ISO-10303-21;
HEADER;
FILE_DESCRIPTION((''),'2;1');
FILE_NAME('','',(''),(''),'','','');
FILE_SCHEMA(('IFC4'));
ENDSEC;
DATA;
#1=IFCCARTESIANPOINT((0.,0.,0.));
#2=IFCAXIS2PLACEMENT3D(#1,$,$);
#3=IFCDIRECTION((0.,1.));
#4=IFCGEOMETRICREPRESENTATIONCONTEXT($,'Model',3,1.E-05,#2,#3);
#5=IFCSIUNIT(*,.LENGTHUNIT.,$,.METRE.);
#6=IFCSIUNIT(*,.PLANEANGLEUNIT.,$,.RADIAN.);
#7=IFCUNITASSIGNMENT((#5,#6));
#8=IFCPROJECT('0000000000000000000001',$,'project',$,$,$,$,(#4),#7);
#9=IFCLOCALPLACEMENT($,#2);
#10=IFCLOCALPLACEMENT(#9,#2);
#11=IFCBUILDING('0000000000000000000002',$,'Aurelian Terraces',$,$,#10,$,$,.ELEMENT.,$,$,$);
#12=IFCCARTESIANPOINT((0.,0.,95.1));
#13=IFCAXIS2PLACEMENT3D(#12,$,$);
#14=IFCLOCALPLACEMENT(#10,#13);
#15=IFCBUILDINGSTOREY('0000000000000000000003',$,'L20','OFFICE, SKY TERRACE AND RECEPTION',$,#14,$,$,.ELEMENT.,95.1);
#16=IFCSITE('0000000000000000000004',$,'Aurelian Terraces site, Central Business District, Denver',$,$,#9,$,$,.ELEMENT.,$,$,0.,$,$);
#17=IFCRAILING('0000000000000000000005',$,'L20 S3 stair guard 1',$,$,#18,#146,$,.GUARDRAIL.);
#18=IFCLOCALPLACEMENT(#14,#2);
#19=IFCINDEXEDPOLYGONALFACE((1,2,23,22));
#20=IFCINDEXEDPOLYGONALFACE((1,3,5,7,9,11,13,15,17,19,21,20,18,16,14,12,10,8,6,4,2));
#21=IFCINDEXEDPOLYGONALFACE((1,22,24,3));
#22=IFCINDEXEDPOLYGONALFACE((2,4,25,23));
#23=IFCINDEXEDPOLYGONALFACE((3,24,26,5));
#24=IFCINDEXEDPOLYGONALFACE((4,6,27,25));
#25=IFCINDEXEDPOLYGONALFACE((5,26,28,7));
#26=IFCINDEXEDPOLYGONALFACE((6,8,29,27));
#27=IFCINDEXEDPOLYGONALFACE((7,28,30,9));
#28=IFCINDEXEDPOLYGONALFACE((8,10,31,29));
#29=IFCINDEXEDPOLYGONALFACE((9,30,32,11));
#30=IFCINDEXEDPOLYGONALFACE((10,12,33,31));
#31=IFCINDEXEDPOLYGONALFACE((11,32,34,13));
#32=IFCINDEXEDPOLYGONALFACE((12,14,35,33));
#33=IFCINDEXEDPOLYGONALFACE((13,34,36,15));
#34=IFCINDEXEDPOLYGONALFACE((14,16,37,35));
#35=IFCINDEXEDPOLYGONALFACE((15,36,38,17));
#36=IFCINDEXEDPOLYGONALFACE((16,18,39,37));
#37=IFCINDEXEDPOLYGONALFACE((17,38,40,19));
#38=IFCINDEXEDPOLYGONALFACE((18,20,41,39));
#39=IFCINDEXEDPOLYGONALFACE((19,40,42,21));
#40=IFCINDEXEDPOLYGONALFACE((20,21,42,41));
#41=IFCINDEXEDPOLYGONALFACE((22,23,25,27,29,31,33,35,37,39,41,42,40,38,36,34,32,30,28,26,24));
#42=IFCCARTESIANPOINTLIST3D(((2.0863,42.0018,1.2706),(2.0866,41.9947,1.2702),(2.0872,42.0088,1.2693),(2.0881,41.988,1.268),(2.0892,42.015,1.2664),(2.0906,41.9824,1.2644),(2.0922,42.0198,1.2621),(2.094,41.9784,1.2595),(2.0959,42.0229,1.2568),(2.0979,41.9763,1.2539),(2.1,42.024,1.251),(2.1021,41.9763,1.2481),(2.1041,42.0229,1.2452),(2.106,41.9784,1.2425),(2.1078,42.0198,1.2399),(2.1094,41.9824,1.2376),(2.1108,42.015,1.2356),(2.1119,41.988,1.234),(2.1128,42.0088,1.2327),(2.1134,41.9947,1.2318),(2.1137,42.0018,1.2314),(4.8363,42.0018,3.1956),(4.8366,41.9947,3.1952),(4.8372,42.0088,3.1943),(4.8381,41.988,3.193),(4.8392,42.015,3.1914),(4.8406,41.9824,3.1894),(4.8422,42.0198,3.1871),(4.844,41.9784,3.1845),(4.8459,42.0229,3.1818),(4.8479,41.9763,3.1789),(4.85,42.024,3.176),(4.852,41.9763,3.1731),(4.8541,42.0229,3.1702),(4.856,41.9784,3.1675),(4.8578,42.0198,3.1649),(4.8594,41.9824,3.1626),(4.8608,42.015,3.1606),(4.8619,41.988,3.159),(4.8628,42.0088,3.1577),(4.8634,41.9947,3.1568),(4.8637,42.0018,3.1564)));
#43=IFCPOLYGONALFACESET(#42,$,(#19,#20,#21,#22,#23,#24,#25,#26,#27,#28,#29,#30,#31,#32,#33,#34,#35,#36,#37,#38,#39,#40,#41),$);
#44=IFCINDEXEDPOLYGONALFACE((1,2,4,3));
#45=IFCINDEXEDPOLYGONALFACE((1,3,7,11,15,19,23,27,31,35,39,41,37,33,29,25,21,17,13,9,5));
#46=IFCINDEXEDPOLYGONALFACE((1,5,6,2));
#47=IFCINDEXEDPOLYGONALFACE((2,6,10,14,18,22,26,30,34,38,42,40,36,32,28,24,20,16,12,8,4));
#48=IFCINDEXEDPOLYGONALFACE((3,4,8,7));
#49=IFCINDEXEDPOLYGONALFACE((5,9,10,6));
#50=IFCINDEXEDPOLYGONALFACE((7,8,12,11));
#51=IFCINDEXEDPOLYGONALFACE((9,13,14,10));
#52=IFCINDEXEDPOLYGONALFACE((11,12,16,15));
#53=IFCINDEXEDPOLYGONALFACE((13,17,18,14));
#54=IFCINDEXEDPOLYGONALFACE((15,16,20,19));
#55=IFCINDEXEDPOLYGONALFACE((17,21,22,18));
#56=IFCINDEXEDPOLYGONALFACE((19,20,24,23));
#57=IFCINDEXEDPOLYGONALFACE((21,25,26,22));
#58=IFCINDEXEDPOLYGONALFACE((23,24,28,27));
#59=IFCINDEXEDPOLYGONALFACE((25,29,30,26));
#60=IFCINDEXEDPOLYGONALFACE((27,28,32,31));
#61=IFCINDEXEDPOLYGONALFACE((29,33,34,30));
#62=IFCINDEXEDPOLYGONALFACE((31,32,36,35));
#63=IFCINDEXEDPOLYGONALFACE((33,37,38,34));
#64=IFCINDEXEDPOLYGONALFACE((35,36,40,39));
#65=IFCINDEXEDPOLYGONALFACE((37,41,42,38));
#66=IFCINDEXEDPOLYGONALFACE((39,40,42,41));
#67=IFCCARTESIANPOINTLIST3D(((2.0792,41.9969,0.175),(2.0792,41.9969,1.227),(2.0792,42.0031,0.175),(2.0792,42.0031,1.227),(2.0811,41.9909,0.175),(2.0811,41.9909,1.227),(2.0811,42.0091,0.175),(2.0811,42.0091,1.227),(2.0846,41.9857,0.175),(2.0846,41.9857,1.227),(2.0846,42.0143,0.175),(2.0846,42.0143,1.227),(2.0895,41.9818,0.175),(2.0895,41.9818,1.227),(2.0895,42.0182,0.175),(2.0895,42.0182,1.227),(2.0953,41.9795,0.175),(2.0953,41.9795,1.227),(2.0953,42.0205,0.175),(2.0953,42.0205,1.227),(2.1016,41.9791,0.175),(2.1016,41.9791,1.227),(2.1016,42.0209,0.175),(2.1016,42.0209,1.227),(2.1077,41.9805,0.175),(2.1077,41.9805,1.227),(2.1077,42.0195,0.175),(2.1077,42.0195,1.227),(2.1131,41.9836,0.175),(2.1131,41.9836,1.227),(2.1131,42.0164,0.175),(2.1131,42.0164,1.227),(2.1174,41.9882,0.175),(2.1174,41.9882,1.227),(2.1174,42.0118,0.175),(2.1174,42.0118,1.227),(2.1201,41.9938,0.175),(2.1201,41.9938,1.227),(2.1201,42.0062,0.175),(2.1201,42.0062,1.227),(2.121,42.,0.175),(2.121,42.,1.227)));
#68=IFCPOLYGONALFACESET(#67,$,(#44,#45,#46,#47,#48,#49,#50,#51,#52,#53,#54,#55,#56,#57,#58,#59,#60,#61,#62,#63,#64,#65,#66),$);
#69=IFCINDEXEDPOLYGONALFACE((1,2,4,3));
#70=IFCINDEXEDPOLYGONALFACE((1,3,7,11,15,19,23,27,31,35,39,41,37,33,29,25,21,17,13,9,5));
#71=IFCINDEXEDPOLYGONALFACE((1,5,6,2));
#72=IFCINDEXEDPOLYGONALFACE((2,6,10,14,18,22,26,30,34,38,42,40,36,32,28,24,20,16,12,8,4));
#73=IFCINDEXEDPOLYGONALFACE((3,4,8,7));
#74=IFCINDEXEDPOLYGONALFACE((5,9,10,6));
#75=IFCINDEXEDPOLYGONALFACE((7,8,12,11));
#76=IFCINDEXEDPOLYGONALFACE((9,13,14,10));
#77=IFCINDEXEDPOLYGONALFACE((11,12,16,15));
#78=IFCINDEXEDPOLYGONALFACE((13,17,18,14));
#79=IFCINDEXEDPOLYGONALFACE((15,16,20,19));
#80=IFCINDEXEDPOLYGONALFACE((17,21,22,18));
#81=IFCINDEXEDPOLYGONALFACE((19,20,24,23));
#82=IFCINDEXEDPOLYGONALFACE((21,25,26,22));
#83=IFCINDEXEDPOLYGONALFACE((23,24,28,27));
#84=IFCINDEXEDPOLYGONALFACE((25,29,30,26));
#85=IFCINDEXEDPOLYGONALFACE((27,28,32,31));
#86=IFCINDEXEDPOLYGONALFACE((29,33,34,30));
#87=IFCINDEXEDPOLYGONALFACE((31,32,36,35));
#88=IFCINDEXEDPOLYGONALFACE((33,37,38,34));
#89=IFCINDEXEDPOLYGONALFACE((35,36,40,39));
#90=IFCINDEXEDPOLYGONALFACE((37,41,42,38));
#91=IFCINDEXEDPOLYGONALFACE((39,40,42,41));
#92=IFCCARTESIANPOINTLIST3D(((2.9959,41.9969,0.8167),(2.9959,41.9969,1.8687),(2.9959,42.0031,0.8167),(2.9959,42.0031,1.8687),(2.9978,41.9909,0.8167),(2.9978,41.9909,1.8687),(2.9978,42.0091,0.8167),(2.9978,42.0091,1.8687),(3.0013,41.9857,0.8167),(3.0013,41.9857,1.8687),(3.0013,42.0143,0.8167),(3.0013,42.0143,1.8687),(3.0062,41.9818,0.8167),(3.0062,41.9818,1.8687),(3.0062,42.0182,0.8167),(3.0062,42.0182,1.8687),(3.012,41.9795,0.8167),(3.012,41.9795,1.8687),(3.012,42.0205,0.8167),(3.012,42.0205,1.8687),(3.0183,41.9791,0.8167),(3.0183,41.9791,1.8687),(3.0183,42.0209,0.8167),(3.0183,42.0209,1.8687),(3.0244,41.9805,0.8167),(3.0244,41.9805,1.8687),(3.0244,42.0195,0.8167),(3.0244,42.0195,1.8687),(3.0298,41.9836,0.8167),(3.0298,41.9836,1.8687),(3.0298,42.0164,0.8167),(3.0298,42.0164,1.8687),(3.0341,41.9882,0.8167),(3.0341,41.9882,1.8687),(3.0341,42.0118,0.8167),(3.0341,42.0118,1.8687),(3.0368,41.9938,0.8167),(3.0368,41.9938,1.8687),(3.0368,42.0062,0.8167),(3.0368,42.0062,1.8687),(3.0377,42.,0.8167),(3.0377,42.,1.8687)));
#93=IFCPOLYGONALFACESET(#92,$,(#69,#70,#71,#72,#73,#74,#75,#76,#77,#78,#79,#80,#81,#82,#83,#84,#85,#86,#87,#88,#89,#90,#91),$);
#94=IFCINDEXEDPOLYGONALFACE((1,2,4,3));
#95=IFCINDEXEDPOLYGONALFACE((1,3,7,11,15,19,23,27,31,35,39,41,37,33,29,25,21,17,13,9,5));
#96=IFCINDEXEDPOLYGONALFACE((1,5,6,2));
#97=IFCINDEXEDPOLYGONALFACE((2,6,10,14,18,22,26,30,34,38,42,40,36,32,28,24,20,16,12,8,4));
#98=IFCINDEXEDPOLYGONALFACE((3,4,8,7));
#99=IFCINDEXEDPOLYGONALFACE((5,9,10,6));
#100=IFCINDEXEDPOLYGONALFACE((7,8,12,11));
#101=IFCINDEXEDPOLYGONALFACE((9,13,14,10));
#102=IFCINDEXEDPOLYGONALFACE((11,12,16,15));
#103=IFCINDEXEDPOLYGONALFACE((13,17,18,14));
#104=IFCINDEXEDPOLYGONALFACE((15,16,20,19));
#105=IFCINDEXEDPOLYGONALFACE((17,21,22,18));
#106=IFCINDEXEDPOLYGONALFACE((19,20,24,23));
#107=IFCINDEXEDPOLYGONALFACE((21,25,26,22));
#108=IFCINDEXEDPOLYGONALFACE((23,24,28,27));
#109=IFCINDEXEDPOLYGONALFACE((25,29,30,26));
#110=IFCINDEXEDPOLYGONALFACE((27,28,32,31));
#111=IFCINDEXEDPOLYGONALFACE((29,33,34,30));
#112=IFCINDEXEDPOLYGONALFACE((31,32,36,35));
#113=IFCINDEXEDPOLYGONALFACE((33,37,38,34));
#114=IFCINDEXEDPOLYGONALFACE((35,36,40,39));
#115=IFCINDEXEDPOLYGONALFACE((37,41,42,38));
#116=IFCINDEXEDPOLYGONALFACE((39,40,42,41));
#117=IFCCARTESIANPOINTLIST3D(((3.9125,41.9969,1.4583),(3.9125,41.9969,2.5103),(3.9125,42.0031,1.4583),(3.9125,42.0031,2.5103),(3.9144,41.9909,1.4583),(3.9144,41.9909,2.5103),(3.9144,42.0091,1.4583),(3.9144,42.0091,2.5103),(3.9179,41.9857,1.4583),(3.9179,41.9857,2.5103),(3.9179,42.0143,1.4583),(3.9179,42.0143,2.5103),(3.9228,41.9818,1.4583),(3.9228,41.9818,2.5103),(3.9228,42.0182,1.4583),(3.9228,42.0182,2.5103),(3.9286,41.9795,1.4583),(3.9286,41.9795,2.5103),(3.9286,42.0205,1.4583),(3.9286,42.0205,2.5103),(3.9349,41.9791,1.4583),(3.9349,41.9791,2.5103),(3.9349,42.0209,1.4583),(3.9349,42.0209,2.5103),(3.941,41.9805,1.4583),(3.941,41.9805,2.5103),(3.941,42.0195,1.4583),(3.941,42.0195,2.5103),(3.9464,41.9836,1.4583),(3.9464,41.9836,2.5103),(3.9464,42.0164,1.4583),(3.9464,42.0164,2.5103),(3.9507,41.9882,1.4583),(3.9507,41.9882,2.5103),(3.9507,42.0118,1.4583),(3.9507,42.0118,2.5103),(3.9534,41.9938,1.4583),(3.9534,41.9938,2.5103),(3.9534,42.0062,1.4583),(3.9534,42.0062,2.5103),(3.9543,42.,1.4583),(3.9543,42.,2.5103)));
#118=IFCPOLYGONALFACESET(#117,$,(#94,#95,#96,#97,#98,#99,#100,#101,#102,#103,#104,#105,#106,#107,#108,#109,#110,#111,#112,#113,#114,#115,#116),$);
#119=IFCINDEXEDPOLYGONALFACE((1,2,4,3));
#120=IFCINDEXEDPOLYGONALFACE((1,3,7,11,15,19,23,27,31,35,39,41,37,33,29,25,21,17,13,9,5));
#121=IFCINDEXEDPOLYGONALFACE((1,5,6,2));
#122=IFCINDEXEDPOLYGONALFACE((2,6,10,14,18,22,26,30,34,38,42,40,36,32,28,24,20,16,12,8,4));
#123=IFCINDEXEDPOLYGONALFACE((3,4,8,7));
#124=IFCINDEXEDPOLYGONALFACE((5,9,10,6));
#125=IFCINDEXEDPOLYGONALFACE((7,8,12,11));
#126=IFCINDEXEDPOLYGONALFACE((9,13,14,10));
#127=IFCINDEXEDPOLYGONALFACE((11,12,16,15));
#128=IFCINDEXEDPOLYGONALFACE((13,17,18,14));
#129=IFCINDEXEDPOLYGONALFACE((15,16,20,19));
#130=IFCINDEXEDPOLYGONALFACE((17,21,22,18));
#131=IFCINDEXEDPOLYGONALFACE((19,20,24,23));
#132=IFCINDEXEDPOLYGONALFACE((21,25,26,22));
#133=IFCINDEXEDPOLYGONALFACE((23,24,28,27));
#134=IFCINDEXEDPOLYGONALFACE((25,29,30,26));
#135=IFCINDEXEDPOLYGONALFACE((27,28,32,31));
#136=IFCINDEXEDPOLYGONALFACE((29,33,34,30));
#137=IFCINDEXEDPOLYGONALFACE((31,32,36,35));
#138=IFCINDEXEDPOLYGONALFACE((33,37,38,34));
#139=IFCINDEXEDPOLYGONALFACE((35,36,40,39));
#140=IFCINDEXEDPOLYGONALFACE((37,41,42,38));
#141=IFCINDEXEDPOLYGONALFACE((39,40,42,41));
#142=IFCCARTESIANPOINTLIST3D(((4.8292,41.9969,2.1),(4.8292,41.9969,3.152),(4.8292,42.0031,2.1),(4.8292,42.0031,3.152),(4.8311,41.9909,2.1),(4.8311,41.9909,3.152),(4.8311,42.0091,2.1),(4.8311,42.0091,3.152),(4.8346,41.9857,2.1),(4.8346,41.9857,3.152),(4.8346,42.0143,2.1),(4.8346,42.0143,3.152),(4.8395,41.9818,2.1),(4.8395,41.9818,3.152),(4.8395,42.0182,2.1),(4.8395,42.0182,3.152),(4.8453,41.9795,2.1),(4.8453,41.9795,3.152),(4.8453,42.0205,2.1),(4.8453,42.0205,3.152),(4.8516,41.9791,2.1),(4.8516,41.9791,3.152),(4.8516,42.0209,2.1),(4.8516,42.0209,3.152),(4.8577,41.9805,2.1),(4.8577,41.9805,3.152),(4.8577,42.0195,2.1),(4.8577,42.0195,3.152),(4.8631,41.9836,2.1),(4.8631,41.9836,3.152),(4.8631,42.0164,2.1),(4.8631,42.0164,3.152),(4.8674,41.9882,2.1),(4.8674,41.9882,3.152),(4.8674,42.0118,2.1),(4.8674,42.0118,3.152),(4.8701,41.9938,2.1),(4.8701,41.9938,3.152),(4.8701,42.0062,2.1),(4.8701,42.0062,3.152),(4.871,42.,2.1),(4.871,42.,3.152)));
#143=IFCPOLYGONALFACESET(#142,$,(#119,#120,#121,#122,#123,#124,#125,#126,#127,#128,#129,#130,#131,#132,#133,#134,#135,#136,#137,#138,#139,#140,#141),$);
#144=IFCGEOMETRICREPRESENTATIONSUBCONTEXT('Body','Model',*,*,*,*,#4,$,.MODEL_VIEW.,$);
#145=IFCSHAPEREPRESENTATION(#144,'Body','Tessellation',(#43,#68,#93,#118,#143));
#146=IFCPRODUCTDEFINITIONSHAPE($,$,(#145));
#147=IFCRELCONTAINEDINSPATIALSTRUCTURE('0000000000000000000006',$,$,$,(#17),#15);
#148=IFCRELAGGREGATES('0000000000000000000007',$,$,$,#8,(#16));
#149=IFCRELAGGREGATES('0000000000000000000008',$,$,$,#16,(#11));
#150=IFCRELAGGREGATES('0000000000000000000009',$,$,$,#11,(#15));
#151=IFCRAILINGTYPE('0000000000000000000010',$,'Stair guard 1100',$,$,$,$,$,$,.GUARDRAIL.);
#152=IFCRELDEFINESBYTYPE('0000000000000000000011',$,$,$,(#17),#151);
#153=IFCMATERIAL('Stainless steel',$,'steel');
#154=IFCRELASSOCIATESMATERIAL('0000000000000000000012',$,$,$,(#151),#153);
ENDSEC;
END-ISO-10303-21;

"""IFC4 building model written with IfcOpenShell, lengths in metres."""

from ifc_helpers import new_model, si_unit, direction, frame, origin, origin_2d, place, context, subcontext, project, spatial, circle, extrude, source, transform, mapped, material, type_object, element, save


model = new_model("IFC4")

# Units and contexts
model_context = context("Model", 3, precision=1e-05, world=origin(), true_north=direction((0.0, 1.0)))
body_context = subcontext(model_context, "Body", "Model", "MODEL_VIEW")
ifc_project = project(units=[si_unit("LENGTHUNIT", "METRE"), si_unit("PLANEANGLEUNIT", "RADIAN")], contexts=[model_context])

# Site, building, storey
site_placement = place(None, origin())
site = spatial("IfcSite", under=ifc_project, at=site_placement, Name="Aurelian Terraces site, Central Business District, Denver", CompositionType="ELEMENT", RefElevation=0.0)
building_placement = place(site_placement, origin())
building = spatial("IfcBuilding", under=site, at=building_placement, Name="Aurelian Terraces", CompositionType="ELEMENT")
storey_placement = place(building_placement, frame((0.0, 0.0, 95.1)))
storey = spatial("IfcBuildingStorey", under=building, at=storey_placement, Name="L20", Description="OFFICE, SKY TERRACE AND RECEPTION", CompositionType="ELEMENT", Elevation=95.1)

# Railing
ifc_material_1 = material(Name="Stainless steel", Category="steel")
railing_type_1 = type_object("IfcRailingType", Name="Stair guard 1100", PredefinedType="GUARDRAIL", material=ifc_material_1)
shared_shape_1 = source(origin(), body_context, "Body", "SweptSolid", [
    extrude(circle(Radius=0.024, at=origin_2d()), frame((0.0, 0.0, 1.076), z_axis=(0.819232, 0.0, 0.573462), x_axis=(0.0, 1.0, 0.0)), (0.0, 0.0, 1.0), 3.3568),
    extrude(circle(Radius=0.021, at=origin_2d()), origin(), (0.0, 0.0, 1.0), 1.052),
    extrude(circle(Radius=0.021, at=origin_2d()), frame((0.9167, 0.0, 0.6417)), (0.0, 0.0, 1.0), 1.052),
    extrude(circle(Radius=0.021, at=origin_2d()), frame((1.8333, 0.0, 1.2833)), (0.0, 0.0, 1.0), 1.052),
    extrude(circle(Radius=0.021, at=origin_2d()), frame((2.75, 0.0, 1.925)), (0.0, 0.0, 1.0), 1.052),
])
railing_1_placement = place(storey_placement, frame((2.1, 42.0, 0.175)))
element("IfcRailing", 1, at=railing_1_placement, inside=storey, type_object=railing_type_1, Name="L20 S3 stair guard 1", PredefinedType="GUARDRAIL", context=body_context, shape_type="MappedRepresentation", body=[
    mapped(shared_shape_1, transform((0.0, 0.0, 0.0), scale=1.0)),
])

save(model, "model.ifc")
